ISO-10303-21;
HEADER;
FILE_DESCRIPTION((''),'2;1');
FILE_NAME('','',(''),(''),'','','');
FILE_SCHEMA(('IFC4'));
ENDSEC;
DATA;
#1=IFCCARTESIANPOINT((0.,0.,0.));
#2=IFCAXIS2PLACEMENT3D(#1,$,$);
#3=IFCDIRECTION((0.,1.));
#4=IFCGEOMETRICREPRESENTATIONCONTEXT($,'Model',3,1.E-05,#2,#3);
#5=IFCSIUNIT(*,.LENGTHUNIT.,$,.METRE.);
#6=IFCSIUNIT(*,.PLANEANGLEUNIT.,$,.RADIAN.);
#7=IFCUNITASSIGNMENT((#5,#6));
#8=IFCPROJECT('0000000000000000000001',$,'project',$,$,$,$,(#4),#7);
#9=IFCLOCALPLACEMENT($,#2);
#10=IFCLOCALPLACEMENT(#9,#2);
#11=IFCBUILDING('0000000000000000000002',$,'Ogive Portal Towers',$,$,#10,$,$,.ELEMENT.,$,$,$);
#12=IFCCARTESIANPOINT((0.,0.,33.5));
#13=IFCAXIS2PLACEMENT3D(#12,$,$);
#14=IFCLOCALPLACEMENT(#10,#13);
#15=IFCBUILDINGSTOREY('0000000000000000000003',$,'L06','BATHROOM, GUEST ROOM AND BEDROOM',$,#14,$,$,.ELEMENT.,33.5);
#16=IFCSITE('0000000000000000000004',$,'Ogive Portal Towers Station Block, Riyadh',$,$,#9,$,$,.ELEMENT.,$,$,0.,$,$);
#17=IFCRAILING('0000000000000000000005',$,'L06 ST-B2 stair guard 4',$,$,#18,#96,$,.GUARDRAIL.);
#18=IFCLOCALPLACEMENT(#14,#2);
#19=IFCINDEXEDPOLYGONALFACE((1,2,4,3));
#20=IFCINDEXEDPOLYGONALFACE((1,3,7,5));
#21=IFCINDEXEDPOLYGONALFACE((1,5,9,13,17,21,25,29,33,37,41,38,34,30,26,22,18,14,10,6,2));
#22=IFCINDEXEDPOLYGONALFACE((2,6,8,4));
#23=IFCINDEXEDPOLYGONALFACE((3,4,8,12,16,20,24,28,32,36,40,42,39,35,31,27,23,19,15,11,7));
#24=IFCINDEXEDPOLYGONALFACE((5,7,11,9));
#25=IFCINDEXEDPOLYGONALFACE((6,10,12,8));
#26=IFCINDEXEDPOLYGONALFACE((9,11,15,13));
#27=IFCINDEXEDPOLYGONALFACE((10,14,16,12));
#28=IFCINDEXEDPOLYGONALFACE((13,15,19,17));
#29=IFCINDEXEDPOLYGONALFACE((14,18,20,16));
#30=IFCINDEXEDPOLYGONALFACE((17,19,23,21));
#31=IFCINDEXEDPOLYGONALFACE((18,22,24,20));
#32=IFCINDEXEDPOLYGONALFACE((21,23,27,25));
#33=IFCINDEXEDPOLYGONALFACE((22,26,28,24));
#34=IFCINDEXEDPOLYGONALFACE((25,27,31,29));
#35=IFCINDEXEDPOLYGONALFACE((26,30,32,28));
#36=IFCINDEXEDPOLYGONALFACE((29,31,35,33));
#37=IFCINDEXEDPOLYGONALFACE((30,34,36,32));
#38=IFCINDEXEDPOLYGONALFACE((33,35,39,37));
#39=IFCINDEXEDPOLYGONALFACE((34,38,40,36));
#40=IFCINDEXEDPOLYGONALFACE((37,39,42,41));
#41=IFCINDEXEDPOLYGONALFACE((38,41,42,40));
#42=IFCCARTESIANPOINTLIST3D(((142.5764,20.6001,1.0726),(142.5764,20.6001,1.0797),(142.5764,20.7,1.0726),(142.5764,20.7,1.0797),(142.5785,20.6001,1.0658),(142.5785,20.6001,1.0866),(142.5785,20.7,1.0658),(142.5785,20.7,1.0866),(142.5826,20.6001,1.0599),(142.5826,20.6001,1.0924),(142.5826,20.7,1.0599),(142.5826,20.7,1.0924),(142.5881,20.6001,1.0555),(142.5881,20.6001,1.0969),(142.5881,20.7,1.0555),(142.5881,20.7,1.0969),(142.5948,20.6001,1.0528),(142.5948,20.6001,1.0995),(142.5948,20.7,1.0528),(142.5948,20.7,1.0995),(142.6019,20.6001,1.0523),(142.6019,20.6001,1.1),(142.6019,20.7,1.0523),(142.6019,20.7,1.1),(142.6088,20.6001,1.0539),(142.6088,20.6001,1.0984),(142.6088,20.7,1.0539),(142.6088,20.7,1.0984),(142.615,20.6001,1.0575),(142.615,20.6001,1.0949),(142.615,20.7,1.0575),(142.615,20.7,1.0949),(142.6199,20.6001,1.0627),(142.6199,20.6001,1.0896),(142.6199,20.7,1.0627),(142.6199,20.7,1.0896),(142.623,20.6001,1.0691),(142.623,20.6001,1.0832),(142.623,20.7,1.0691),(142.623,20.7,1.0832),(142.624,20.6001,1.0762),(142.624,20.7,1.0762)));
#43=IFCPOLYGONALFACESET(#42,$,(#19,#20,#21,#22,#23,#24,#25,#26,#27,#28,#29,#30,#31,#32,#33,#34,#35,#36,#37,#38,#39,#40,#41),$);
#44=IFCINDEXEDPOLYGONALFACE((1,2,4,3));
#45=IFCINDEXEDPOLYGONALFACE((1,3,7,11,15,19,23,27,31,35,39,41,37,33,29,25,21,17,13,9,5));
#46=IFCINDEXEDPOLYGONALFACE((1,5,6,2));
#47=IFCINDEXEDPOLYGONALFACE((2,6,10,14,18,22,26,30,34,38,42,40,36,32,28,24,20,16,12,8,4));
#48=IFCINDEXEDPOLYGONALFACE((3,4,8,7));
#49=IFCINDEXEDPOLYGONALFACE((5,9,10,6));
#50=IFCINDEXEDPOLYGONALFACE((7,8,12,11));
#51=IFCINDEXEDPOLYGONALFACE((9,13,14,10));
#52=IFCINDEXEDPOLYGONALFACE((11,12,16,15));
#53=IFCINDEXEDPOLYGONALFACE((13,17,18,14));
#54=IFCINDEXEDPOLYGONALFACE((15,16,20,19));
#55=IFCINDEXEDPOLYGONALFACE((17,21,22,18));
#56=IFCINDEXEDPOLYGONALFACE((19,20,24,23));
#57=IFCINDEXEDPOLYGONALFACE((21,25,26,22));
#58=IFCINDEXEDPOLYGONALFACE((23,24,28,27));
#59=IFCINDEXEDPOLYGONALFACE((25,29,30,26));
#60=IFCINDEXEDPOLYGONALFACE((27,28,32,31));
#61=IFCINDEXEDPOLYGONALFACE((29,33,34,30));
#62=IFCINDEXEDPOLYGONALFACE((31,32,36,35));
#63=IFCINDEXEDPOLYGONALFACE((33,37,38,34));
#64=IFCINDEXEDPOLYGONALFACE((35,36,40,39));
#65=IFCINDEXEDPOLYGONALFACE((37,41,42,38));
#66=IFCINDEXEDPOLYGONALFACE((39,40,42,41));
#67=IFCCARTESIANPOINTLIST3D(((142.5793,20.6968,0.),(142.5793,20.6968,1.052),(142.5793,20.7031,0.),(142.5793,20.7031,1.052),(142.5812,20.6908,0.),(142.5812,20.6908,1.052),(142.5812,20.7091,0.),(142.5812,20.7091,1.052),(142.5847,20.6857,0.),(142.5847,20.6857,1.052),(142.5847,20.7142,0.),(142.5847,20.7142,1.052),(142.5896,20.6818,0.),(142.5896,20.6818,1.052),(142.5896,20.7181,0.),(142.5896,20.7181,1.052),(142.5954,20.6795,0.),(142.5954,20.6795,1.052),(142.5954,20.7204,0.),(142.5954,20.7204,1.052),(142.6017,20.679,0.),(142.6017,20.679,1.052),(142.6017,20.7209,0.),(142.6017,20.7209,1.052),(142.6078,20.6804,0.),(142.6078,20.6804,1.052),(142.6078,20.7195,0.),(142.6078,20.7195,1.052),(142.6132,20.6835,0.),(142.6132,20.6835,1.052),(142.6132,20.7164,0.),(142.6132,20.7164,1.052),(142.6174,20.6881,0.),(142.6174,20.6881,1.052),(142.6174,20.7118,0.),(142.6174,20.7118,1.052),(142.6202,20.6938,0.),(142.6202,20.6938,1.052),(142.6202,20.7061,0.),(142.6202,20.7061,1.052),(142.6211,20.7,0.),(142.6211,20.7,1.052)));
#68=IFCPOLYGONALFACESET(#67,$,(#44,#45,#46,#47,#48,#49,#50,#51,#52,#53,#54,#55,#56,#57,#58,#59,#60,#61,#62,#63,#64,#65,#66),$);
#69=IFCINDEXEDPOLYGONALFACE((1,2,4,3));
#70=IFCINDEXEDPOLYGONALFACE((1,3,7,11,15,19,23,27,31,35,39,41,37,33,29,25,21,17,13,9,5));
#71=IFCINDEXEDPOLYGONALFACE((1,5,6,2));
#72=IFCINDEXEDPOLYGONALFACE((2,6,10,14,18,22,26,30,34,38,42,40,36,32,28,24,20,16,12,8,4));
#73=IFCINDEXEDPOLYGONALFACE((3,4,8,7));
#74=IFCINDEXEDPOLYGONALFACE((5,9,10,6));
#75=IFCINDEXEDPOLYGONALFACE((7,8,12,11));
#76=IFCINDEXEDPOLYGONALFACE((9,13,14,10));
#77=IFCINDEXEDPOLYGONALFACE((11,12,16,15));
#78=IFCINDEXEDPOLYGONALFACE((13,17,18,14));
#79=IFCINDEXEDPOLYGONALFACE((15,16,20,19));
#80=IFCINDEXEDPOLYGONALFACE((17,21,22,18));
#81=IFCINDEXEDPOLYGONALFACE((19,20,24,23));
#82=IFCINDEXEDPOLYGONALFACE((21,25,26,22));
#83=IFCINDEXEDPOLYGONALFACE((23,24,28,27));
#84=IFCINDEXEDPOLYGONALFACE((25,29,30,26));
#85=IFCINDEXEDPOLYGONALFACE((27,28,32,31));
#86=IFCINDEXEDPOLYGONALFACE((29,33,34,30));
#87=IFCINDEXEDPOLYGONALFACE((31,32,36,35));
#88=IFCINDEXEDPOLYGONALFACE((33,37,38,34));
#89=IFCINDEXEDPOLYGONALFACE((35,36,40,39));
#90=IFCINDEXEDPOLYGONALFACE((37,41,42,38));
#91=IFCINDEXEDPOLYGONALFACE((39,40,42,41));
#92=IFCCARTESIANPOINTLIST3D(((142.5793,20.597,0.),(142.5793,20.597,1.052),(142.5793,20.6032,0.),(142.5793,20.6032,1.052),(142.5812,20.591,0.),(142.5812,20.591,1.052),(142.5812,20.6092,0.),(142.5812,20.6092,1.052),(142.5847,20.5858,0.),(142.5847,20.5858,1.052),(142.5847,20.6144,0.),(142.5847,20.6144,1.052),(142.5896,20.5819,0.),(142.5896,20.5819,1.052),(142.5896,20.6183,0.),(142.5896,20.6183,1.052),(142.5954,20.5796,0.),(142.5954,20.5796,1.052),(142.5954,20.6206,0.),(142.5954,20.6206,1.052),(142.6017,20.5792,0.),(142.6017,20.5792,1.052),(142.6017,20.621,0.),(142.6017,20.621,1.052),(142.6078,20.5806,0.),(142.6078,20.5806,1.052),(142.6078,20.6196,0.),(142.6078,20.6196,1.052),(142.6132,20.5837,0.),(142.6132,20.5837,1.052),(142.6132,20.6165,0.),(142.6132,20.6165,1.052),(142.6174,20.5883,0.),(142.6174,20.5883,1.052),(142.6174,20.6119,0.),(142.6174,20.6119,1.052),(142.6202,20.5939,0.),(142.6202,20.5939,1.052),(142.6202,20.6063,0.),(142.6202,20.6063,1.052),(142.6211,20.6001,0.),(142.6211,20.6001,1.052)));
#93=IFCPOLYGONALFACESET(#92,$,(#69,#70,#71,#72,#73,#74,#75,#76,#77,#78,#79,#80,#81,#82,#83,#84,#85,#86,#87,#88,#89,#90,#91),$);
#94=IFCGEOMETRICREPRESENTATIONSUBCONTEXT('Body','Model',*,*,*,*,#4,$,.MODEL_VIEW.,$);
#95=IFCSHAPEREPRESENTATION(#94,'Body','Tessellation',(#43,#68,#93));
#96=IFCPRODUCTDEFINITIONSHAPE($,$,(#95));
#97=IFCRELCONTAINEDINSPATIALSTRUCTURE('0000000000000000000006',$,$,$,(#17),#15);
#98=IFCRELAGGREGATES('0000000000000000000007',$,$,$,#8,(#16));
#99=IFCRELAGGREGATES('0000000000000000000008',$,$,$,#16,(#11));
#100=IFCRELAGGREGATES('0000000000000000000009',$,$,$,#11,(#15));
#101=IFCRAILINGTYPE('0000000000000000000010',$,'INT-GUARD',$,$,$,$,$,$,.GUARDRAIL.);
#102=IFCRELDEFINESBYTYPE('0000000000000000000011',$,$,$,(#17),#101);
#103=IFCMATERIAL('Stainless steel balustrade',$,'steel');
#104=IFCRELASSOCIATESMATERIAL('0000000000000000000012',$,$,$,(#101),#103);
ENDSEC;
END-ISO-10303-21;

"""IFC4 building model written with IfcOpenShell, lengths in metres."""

from ifc_helpers import new_model, si_unit, direction, frame, origin, origin_2d, place, context, subcontext, project, spatial, circle, extrude, material, type_object, element, save


model = new_model("IFC4")

# Units and contexts
model_context = context("Model", 3, precision=1e-05, world=origin(), true_north=direction((0.0, 1.0)))
body_context = subcontext(model_context, "Body", "Model", "MODEL_VIEW")
ifc_project = project(units=[si_unit("LENGTHUNIT", "METRE"), si_unit("PLANEANGLEUNIT", "RADIAN")], contexts=[model_context])

# Site, building, storey
site_placement = place(None, origin())
site = spatial("IfcSite", under=ifc_project, at=site_placement, Name="Ogive Portal Towers Station Block, Riyadh", CompositionType="ELEMENT", RefElevation=0.0)
building_placement = place(site_placement, origin())
building = spatial("IfcBuilding", under=site, at=building_placement, Name="Ogive Portal Towers", CompositionType="ELEMENT")
storey_placement = place(building_placement, frame((0.0, 0.0, 33.5)))
storey = spatial("IfcBuildingStorey", under=building, at=storey_placement, Name="L06", Description="BATHROOM, GUEST ROOM AND BEDROOM", CompositionType="ELEMENT", Elevation=33.5)

# Railing
ifc_material_1 = material(Name="Stainless steel balustrade", Category="steel")
railing_type_1 = type_object("IfcRailingType", Name="INT-GUARD", PredefinedType="GUARDRAIL", material=ifc_material_1)
railing_1_placement = place(storey_placement, frame((142.6001, 20.7, 0.0)))
element("IfcRailing", 1, at=railing_1_placement, inside=storey, type_object=railing_type_1, Name="L06 ST-B2 stair guard 4", PredefinedType="GUARDRAIL", context=body_context, shape_type="SweptSolid", body=[
    extrude(circle(Radius=0.0239, at=origin_2d()), frame((0.0, 0.0, 1.0762), z_axis=(0.0, -1.0, 0.0), x_axis=(1.0, 0.0, 0.0)), (0.0, 0.0, 1.0), 0.0999),
    extrude(circle(Radius=0.021, at=origin_2d()), origin(), (0.0, 0.0, 1.0), 1.052),
    extrude(circle(Radius=0.021, at=origin_2d()), frame((0.0, -0.0999, 0.0)), (0.0, 0.0, 1.0), 1.052),
])

save(model, "model.ifc")
